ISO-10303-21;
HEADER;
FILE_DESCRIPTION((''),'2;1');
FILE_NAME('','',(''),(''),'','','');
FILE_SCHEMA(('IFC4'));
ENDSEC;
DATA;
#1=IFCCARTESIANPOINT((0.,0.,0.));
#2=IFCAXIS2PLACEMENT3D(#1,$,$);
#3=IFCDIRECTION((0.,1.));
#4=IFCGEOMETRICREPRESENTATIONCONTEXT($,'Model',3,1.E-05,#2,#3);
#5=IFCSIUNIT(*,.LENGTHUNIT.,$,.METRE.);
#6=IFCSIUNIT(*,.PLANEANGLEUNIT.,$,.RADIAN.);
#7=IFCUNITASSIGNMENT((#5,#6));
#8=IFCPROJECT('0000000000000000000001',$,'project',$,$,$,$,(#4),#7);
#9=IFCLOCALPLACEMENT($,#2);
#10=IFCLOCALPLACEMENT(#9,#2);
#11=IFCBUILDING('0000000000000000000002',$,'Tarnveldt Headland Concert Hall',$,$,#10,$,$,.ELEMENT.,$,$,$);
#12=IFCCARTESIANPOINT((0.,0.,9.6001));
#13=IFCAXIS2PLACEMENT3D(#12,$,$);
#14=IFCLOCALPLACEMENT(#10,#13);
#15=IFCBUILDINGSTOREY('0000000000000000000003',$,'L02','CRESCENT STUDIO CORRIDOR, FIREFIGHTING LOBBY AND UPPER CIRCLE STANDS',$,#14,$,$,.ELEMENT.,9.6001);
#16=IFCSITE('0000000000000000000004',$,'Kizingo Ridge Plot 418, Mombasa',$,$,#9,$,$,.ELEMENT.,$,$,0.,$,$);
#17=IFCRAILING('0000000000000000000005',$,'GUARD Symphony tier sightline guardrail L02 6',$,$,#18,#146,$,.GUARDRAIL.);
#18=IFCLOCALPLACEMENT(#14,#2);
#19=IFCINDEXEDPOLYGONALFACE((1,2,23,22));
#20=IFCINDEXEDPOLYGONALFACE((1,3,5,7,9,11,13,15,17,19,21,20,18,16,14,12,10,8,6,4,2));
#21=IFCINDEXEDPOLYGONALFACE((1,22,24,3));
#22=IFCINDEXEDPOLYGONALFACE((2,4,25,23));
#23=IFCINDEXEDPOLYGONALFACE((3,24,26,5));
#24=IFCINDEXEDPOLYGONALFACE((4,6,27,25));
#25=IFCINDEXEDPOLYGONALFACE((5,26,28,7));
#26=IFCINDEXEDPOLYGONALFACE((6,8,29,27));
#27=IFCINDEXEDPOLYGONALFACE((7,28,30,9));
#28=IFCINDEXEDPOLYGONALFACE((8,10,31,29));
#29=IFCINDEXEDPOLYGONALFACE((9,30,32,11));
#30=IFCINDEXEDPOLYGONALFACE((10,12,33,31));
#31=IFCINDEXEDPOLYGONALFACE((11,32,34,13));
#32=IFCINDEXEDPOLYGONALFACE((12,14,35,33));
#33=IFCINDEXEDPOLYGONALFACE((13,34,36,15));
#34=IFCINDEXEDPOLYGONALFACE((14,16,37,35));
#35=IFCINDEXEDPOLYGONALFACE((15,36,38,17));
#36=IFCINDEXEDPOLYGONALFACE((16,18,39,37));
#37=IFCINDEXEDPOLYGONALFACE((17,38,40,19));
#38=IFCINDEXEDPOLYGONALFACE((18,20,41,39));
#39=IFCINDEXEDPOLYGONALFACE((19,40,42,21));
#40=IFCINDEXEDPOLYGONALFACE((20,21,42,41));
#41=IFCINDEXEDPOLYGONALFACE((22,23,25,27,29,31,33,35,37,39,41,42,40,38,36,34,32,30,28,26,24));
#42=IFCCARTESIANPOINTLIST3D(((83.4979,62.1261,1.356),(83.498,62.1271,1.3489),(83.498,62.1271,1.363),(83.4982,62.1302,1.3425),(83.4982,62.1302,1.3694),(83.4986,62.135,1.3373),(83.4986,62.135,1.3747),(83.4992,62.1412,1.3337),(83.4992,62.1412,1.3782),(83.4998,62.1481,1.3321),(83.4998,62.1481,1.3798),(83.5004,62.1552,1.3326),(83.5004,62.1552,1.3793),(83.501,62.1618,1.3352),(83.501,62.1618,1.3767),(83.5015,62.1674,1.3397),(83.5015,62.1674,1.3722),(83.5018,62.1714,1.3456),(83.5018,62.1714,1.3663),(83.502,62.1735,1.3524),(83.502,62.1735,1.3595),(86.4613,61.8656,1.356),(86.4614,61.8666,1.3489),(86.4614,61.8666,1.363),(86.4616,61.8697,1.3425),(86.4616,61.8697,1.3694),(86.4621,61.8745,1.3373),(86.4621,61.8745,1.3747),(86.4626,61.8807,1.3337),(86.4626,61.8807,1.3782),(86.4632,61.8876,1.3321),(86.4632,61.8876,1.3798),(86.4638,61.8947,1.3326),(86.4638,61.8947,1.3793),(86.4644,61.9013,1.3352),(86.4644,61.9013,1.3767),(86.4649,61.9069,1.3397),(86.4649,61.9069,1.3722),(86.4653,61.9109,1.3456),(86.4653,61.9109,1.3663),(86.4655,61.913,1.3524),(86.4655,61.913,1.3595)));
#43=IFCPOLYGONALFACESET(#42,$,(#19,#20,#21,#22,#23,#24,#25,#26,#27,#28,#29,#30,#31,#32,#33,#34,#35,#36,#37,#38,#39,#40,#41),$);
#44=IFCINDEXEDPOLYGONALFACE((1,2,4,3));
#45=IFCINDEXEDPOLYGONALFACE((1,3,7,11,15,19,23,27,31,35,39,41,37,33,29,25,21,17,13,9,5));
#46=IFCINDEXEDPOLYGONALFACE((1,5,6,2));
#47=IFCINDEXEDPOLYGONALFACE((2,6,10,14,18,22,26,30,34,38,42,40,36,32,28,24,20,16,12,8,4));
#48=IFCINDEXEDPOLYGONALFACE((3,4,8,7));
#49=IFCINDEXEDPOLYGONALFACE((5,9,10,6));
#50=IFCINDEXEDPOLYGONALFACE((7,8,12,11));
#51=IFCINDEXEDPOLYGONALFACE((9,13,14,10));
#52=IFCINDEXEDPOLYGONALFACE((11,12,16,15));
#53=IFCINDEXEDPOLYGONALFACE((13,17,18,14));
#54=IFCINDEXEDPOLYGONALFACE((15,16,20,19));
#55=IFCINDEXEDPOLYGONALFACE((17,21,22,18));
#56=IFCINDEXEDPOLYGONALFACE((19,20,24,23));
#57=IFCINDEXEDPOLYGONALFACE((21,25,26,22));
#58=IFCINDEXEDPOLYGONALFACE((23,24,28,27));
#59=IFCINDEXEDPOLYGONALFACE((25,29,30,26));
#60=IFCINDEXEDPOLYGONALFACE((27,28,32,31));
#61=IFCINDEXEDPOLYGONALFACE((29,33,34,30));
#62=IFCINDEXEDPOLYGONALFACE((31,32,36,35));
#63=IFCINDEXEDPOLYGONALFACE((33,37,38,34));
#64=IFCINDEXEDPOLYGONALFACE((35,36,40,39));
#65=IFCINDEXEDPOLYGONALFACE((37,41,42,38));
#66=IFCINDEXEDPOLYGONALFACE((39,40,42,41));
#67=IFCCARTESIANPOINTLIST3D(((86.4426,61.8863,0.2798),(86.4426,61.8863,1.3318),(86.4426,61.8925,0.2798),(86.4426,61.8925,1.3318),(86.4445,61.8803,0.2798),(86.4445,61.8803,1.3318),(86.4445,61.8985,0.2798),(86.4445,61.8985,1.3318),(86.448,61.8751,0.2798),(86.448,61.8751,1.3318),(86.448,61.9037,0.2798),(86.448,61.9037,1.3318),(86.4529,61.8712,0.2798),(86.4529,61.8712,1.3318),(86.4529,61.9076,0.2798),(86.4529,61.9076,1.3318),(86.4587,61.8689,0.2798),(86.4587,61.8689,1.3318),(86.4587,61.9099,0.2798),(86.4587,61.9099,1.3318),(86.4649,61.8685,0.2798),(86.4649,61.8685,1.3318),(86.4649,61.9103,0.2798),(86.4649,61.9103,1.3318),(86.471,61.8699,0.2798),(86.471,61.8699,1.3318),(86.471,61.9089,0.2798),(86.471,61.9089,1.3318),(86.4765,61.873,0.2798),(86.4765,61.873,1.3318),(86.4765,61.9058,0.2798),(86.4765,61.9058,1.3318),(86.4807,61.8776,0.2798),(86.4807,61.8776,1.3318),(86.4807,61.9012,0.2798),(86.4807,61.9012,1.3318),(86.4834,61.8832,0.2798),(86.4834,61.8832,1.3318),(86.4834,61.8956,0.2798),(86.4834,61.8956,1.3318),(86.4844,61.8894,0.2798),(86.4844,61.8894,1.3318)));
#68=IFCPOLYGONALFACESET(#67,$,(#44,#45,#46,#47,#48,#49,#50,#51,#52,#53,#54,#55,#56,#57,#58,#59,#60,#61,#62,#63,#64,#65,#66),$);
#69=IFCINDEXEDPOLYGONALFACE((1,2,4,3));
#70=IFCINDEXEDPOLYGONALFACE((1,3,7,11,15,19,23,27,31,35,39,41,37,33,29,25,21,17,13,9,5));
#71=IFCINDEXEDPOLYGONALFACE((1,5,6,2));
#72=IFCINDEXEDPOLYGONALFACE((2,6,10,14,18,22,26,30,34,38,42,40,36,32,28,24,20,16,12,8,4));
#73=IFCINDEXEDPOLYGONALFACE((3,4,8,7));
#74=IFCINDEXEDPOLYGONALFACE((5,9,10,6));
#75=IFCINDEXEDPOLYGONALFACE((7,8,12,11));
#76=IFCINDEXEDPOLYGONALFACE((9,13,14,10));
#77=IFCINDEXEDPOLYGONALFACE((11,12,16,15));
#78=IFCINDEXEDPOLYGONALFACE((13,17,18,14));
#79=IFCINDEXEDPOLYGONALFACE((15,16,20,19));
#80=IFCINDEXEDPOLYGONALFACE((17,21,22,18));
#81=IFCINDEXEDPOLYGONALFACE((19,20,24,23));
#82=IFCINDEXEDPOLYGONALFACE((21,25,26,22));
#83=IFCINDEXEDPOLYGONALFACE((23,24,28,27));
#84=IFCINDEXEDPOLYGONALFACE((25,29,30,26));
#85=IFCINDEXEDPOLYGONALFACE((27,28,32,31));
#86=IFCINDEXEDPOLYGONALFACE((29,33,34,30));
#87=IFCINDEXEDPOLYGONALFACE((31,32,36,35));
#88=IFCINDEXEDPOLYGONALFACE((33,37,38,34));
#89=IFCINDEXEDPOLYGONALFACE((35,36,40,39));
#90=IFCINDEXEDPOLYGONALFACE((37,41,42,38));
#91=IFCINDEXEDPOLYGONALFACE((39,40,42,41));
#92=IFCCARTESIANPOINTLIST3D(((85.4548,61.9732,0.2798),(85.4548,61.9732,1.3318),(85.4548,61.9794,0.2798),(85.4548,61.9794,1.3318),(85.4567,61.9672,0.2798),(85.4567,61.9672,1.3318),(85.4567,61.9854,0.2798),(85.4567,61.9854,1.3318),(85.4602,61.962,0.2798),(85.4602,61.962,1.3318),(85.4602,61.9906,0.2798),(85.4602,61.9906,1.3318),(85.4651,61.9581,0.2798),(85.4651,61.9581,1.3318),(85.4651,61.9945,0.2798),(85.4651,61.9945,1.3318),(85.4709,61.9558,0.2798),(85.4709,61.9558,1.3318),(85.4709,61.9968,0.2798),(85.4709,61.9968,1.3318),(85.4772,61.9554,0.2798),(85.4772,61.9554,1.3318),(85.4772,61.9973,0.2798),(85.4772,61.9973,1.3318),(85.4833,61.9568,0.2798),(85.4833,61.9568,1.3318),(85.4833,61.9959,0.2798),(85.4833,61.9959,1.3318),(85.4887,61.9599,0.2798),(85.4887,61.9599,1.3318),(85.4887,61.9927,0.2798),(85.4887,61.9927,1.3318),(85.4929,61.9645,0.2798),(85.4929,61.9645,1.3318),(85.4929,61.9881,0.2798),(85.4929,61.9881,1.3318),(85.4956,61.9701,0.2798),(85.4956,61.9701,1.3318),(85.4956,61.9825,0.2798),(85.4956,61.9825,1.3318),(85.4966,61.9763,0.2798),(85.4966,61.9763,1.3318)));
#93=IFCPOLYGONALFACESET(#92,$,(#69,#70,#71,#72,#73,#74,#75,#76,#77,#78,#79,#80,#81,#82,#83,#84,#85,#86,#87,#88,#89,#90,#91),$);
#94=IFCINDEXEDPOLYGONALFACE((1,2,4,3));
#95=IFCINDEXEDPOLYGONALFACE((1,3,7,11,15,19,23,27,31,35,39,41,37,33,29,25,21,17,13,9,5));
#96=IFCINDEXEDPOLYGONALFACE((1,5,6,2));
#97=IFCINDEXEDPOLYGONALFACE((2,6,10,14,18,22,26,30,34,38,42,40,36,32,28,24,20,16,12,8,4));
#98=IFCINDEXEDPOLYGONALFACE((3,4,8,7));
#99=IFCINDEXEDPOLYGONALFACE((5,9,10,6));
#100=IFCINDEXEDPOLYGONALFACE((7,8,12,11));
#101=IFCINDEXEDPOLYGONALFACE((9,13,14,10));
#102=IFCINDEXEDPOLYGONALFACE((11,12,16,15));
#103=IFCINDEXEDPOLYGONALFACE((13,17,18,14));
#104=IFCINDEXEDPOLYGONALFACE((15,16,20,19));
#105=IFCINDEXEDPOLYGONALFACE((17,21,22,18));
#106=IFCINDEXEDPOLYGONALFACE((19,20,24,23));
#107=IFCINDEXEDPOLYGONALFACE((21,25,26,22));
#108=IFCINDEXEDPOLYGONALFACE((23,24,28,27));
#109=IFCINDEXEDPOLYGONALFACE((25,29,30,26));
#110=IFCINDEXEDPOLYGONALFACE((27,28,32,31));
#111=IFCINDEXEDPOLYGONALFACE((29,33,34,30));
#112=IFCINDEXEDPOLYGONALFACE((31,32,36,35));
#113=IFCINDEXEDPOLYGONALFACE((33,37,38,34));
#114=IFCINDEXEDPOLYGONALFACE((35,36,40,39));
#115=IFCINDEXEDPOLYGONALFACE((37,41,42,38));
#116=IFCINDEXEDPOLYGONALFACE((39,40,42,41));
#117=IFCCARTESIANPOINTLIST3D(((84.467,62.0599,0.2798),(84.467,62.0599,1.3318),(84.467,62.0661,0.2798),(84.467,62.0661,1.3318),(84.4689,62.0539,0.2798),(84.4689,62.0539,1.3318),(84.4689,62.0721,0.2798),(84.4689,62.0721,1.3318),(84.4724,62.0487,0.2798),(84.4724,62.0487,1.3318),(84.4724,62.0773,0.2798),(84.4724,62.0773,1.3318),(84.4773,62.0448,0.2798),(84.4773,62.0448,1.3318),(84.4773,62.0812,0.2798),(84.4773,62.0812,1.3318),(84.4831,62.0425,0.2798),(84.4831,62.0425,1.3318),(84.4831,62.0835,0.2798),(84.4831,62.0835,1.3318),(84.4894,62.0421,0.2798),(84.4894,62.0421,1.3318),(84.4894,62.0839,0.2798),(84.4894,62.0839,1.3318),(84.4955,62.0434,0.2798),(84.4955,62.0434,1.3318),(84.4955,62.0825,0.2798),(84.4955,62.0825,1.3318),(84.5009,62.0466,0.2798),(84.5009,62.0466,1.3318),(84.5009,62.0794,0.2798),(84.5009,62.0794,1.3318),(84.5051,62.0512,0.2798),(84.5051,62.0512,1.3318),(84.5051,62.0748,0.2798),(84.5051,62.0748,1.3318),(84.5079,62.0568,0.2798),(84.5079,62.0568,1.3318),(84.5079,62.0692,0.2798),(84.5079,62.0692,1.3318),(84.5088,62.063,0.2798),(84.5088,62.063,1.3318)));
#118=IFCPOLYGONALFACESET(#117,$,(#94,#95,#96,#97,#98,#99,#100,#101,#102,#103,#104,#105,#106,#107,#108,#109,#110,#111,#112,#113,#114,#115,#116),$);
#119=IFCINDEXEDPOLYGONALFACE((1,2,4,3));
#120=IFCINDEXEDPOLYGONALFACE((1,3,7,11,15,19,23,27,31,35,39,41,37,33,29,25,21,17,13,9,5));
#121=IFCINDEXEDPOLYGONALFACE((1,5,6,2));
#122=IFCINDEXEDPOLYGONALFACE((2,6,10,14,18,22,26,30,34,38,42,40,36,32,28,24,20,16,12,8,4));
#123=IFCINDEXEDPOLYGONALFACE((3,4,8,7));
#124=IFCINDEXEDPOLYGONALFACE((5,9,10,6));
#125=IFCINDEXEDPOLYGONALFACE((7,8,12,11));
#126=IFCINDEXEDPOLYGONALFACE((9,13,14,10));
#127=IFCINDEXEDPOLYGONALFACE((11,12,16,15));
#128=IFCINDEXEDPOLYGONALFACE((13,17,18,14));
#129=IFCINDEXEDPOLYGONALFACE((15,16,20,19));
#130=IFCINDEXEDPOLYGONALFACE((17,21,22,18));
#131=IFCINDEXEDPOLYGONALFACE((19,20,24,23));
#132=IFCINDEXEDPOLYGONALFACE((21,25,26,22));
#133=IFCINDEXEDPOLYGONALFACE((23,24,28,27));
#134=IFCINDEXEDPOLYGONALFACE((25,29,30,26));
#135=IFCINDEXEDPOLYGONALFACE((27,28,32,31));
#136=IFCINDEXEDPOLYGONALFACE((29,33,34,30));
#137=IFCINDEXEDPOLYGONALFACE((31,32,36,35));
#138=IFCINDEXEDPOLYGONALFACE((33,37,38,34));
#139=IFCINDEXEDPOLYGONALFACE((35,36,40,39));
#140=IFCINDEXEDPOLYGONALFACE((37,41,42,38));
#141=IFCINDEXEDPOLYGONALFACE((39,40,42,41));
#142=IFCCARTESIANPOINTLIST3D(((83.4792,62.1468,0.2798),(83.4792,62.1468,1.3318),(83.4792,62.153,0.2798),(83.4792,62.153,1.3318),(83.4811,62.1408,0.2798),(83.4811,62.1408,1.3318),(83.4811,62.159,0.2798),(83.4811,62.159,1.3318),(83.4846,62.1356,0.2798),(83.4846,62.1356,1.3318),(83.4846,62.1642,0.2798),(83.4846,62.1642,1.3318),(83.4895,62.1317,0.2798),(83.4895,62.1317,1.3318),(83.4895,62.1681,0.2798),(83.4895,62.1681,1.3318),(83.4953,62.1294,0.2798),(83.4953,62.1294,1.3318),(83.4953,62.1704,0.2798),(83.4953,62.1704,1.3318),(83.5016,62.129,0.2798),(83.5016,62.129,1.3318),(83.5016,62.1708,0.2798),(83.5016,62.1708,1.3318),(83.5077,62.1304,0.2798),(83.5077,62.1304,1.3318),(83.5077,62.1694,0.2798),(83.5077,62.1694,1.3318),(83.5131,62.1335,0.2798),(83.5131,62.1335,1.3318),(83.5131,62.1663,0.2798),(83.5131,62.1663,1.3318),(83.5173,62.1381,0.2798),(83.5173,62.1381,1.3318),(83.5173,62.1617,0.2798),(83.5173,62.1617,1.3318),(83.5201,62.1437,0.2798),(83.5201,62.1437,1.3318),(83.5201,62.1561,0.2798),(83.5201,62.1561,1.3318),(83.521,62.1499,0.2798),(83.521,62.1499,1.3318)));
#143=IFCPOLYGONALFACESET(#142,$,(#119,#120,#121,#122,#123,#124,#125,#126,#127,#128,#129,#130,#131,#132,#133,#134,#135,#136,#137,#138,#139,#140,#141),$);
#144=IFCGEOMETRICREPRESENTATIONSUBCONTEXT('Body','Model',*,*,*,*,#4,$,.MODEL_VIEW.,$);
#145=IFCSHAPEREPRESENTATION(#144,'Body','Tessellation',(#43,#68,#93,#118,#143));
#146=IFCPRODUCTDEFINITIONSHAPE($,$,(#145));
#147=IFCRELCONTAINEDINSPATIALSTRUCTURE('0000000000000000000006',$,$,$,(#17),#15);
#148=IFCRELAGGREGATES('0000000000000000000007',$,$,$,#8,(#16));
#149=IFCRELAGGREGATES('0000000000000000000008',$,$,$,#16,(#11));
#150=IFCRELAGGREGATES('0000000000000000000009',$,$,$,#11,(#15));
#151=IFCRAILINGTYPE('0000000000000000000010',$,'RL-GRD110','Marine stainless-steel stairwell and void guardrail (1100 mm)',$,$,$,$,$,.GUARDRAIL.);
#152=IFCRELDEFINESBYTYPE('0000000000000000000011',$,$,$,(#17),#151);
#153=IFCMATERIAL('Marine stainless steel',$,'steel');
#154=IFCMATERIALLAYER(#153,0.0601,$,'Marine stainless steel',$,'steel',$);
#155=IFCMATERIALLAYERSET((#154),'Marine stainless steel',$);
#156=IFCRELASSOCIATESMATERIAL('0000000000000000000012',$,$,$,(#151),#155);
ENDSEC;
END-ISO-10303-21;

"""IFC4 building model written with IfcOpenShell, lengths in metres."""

from ifc_helpers import new_model, si_unit, direction, frame, origin, origin_2d, place, context, subcontext, project, spatial, circle, extrude, material, layer, layer_set, type_object, element, save


model = new_model("IFC4")

# Units and contexts
model_context = context("Model", 3, precision=1e-05, world=origin(), true_north=direction((0.0, 1.0)))
body_context = subcontext(model_context, "Body", "Model", "MODEL_VIEW")
ifc_project = project(units=[si_unit("LENGTHUNIT", "METRE"), si_unit("PLANEANGLEUNIT", "RADIAN")], contexts=[model_context])

# Site, building, storey
site_placement = place(None, origin())
site = spatial("IfcSite", under=ifc_project, at=site_placement, Name="Kizingo Ridge Plot 418, Mombasa", CompositionType="ELEMENT", RefElevation=0.0)
building_placement = place(site_placement, origin())
building = spatial("IfcBuilding", under=site, at=building_placement, Name="Tarnveldt Headland Concert Hall", CompositionType="ELEMENT")
storey_placement = place(building_placement, frame((0.0, 0.0, 9.6001)))
storey = spatial("IfcBuildingStorey", under=building, at=storey_placement, Name="L02", Description="CRESCENT STUDIO CORRIDOR, FIREFIGHTING LOBBY AND UPPER CIRCLE STANDS", CompositionType="ELEMENT", Elevation=9.6001)

# Railing
ifc_material_1 = material(Name="Marine stainless steel", Category="steel")
ifc_layer_1 = layer(ifc_material_1, 0.0601, Name="Marine stainless steel", Category="steel")
ifc_layer_set_1 = layer_set([ifc_layer_1], Name="Marine stainless steel")
railing_type = type_object("IfcRailingType", Name="RL-GRD110", Description="Marine stainless-steel stairwell and void guardrail (1100 mm)", PredefinedType="GUARDRAIL", material=ifc_layer_set_1)
railing_1_placement = place(storey_placement, frame((86.4634, 61.8894, 0.2798)))
element("IfcRailing", 1, at=railing_1_placement, inside=storey, type_object=railing_type, Name="GUARD Symphony tier sightline guardrail L02 6", PredefinedType="GUARDRAIL", context=body_context, shape_type="SweptSolid", body=[
    extrude(circle(Radius=0.0239, at=origin_2d()), frame((0.0, 0.0, 1.0762), z_axis=(-0.996159, 0.087568, 0.0), x_axis=(-0.087568, -0.996159, 0.0)), (0.0, 0.0, 1.0), 2.9749),
    extrude(circle(Radius=0.021, at=origin_2d()), origin(), (0.0, 0.0, 1.0), 1.052),
    extrude(circle(Radius=0.021, at=origin_2d()), frame((-0.9878, 0.0869, 0.0)), (0.0, 0.0, 1.0), 1.052),
    extrude(circle(Radius=0.021, at=origin_2d()), frame((-1.9756, 0.1736, 0.0)), (0.0, 0.0, 1.0), 1.052),
    extrude(circle(Radius=0.021, at=origin_2d()), frame((-2.9634, 0.2605, 0.0)), (0.0, 0.0, 1.0), 1.052),
])

save(model, "model.ifc")
